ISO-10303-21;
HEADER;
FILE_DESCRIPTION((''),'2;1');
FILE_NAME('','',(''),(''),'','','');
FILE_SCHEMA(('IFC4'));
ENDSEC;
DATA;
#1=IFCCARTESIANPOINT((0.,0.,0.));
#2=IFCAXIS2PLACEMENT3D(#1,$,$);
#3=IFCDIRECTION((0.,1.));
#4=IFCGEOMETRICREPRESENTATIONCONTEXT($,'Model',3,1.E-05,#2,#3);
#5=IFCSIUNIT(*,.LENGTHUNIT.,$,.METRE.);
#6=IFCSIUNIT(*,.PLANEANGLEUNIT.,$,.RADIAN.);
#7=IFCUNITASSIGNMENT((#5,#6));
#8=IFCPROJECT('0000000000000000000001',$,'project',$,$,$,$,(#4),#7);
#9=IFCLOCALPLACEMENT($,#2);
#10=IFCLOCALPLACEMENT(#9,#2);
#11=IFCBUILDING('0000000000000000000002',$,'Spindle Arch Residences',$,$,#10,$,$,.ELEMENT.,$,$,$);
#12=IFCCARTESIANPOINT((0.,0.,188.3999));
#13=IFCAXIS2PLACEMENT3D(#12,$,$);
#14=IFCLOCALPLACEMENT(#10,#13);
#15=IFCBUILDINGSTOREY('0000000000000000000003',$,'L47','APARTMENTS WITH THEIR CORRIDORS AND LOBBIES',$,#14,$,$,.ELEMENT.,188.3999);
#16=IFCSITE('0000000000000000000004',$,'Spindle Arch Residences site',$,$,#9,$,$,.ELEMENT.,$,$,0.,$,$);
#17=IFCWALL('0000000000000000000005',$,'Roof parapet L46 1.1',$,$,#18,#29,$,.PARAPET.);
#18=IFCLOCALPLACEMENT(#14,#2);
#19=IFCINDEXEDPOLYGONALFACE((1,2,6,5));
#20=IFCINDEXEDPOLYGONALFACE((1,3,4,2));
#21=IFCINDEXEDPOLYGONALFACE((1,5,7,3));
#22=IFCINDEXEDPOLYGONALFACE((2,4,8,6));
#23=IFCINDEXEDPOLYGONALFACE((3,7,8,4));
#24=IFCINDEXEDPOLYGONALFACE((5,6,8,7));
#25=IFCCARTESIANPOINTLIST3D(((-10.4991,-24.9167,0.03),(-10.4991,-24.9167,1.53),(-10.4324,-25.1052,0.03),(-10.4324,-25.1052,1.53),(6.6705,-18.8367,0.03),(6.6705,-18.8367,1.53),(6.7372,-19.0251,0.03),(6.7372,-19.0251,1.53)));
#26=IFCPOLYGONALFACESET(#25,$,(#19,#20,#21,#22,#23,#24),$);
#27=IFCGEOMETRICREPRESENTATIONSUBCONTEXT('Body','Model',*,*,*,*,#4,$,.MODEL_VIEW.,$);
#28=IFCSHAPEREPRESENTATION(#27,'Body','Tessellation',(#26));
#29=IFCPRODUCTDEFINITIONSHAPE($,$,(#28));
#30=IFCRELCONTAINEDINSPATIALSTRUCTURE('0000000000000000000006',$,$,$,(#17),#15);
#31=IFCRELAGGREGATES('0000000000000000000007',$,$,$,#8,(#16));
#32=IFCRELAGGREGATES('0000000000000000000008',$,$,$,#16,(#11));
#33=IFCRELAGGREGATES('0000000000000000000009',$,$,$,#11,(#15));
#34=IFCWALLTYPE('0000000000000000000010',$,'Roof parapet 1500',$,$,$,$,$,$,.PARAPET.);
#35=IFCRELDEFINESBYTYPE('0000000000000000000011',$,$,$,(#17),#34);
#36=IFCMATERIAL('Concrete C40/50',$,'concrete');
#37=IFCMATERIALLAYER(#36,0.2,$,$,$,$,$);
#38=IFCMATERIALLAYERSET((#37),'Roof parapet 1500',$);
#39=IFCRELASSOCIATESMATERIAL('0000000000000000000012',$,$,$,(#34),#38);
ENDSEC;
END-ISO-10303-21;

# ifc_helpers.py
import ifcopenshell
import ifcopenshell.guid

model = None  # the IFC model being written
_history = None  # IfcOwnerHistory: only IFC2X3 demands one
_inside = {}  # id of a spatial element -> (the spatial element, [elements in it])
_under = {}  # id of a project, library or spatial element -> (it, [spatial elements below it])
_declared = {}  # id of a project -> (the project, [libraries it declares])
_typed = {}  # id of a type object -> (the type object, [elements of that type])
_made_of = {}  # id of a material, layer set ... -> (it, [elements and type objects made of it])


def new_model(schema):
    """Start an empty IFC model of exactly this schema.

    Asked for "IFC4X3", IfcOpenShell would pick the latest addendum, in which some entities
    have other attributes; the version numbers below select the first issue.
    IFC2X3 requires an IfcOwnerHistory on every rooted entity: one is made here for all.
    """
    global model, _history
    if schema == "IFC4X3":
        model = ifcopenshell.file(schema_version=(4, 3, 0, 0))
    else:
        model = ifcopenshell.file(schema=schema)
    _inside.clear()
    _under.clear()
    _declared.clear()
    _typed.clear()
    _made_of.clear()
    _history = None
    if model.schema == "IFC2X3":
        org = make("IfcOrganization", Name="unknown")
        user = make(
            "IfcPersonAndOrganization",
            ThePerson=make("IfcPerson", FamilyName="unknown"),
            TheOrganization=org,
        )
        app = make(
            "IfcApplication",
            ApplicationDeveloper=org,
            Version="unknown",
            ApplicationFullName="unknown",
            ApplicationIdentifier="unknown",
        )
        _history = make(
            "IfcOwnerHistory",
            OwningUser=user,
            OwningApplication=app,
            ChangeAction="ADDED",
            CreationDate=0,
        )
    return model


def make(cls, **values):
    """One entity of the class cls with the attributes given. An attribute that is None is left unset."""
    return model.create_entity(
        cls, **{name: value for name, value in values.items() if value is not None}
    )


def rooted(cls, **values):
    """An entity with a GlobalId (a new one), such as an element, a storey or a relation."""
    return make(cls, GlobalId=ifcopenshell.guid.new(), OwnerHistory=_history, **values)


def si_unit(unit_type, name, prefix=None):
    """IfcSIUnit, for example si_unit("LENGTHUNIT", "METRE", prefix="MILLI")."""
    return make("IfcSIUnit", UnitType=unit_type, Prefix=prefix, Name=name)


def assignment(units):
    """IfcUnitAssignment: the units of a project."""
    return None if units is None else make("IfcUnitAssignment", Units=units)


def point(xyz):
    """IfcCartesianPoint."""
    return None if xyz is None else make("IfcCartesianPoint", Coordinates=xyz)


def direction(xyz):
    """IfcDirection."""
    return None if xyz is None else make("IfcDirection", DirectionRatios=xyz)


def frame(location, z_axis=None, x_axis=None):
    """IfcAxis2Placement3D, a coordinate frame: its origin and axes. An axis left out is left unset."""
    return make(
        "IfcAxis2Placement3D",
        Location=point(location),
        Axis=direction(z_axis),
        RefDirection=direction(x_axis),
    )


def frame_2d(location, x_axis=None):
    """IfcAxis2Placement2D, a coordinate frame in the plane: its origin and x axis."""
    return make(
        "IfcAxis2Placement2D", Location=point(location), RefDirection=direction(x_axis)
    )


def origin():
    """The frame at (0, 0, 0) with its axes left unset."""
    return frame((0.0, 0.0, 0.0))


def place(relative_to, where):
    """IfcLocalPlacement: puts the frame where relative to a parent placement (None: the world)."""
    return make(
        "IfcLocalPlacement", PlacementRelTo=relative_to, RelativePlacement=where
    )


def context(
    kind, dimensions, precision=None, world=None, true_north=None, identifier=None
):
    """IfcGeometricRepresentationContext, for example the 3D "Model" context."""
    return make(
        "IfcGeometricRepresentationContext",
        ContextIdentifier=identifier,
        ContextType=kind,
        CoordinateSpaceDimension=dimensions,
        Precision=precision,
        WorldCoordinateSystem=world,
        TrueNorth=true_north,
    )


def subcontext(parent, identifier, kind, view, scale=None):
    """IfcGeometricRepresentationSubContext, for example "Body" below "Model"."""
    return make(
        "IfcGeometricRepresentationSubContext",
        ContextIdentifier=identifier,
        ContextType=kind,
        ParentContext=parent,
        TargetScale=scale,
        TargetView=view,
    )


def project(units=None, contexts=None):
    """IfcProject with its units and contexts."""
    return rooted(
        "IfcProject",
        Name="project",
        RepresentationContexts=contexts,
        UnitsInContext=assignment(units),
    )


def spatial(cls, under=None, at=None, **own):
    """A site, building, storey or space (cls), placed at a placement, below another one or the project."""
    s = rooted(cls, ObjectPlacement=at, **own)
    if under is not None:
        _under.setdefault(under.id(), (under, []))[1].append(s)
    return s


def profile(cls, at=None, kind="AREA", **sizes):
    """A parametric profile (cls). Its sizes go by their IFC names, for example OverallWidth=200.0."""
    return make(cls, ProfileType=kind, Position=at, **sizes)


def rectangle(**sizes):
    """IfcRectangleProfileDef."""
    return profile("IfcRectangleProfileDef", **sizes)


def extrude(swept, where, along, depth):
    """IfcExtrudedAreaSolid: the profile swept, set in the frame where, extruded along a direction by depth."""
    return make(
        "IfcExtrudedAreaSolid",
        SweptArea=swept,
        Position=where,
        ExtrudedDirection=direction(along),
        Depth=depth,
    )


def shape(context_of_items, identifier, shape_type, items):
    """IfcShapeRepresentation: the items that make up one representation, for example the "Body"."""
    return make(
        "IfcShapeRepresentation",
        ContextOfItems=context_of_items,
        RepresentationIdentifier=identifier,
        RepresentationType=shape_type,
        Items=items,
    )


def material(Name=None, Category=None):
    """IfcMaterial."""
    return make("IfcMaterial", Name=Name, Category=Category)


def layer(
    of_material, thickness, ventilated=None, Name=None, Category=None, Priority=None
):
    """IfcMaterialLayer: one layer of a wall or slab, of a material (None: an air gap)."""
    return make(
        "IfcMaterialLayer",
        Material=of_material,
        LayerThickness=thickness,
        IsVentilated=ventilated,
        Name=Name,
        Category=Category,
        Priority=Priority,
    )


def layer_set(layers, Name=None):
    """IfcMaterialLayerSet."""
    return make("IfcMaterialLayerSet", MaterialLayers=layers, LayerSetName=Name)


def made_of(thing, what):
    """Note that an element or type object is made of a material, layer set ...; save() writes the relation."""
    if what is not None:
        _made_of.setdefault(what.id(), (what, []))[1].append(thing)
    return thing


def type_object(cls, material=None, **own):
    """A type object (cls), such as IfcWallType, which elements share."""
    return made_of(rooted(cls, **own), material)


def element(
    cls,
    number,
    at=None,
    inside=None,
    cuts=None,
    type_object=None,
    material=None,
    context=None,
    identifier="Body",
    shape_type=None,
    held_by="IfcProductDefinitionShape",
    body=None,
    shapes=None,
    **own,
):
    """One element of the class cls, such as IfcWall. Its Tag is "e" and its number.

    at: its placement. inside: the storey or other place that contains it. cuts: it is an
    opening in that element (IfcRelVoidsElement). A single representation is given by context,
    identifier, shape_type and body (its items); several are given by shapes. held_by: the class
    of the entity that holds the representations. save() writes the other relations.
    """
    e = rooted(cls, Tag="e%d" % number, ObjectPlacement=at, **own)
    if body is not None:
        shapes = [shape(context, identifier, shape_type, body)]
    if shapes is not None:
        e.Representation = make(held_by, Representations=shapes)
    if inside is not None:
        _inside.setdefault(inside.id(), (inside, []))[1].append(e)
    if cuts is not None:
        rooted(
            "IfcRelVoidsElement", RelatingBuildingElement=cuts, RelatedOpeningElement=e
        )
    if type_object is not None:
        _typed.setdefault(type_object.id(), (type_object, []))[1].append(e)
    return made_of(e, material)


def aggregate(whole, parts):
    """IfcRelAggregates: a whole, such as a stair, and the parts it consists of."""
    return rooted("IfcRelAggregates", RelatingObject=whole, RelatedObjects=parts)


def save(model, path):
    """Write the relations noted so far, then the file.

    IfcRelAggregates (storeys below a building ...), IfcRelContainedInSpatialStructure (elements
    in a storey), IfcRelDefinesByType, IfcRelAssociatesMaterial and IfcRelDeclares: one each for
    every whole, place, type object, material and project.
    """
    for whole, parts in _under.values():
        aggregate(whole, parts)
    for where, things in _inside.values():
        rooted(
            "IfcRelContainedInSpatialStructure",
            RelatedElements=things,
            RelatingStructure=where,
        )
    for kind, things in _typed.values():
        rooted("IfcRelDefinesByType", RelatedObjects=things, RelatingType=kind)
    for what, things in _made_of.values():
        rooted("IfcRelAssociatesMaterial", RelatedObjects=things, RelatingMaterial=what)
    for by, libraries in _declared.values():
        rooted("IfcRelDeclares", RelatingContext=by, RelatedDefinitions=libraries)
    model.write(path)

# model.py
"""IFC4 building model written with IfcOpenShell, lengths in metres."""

from ifc_helpers import new_model, si_unit, direction, frame, frame_2d, origin, place, context, subcontext, project, spatial, rectangle, extrude, material, layer, layer_set, type_object, element, save


model = new_model("IFC4")

# Units and contexts
model_context = context("Model", 3, precision=1e-05, world=origin(), true_north=direction((0.0, 1.0)))
body_context = subcontext(model_context, "Body", "Model", "MODEL_VIEW")
ifc_project = project(units=[si_unit("LENGTHUNIT", "METRE"), si_unit("PLANEANGLEUNIT", "RADIAN")], contexts=[model_context])

# Site, building, storey
site_placement = place(None, origin())
site = spatial("IfcSite", under=ifc_project, at=site_placement, Name="Spindle Arch Residences site", CompositionType="ELEMENT", RefElevation=0.0)
building_placement = place(site_placement, origin())
building = spatial("IfcBuilding", under=site, at=building_placement, Name="Spindle Arch Residences", CompositionType="ELEMENT")
storey_placement = place(building_placement, frame((0.0, 0.0, 188.3999)))
storey = spatial("IfcBuildingStorey", under=building, at=storey_placement, Name="L47", Description="APARTMENTS WITH THEIR CORRIDORS AND LOBBIES", CompositionType="ELEMENT", Elevation=188.3999)

# Wall
ifc_material_1 = material(Name="Concrete C40/50", Category="concrete")
ifc_layer_1 = layer(ifc_material_1, 0.2)
ifc_layer_set_1 = layer_set([ifc_layer_1], Name="Roof parapet 1500")
wall_type_1 = type_object("IfcWallType", Name="Roof parapet 1500", PredefinedType="PARAPET", material=ifc_layer_set_1)
wall_1_placement = place(storey_placement, frame((6.7039, -18.9309, 0.03), z_axis=(0.0, 0.0, 1.0), x_axis=(-0.942642, -0.333806, 0.0)))
element("IfcWall", 1, at=wall_1_placement, inside=storey, type_object=wall_type_1, Name="Roof parapet L46 1.1", PredefinedType="PARAPET", context=body_context, shape_type="SweptSolid", body=[
    extrude(rectangle(XDim=18.2144, YDim=0.2, at=frame_2d((9.1072, 0.0))), origin(), (0.0, 0.0, 1.0), 1.5),
])

save(model, "model.ifc")
